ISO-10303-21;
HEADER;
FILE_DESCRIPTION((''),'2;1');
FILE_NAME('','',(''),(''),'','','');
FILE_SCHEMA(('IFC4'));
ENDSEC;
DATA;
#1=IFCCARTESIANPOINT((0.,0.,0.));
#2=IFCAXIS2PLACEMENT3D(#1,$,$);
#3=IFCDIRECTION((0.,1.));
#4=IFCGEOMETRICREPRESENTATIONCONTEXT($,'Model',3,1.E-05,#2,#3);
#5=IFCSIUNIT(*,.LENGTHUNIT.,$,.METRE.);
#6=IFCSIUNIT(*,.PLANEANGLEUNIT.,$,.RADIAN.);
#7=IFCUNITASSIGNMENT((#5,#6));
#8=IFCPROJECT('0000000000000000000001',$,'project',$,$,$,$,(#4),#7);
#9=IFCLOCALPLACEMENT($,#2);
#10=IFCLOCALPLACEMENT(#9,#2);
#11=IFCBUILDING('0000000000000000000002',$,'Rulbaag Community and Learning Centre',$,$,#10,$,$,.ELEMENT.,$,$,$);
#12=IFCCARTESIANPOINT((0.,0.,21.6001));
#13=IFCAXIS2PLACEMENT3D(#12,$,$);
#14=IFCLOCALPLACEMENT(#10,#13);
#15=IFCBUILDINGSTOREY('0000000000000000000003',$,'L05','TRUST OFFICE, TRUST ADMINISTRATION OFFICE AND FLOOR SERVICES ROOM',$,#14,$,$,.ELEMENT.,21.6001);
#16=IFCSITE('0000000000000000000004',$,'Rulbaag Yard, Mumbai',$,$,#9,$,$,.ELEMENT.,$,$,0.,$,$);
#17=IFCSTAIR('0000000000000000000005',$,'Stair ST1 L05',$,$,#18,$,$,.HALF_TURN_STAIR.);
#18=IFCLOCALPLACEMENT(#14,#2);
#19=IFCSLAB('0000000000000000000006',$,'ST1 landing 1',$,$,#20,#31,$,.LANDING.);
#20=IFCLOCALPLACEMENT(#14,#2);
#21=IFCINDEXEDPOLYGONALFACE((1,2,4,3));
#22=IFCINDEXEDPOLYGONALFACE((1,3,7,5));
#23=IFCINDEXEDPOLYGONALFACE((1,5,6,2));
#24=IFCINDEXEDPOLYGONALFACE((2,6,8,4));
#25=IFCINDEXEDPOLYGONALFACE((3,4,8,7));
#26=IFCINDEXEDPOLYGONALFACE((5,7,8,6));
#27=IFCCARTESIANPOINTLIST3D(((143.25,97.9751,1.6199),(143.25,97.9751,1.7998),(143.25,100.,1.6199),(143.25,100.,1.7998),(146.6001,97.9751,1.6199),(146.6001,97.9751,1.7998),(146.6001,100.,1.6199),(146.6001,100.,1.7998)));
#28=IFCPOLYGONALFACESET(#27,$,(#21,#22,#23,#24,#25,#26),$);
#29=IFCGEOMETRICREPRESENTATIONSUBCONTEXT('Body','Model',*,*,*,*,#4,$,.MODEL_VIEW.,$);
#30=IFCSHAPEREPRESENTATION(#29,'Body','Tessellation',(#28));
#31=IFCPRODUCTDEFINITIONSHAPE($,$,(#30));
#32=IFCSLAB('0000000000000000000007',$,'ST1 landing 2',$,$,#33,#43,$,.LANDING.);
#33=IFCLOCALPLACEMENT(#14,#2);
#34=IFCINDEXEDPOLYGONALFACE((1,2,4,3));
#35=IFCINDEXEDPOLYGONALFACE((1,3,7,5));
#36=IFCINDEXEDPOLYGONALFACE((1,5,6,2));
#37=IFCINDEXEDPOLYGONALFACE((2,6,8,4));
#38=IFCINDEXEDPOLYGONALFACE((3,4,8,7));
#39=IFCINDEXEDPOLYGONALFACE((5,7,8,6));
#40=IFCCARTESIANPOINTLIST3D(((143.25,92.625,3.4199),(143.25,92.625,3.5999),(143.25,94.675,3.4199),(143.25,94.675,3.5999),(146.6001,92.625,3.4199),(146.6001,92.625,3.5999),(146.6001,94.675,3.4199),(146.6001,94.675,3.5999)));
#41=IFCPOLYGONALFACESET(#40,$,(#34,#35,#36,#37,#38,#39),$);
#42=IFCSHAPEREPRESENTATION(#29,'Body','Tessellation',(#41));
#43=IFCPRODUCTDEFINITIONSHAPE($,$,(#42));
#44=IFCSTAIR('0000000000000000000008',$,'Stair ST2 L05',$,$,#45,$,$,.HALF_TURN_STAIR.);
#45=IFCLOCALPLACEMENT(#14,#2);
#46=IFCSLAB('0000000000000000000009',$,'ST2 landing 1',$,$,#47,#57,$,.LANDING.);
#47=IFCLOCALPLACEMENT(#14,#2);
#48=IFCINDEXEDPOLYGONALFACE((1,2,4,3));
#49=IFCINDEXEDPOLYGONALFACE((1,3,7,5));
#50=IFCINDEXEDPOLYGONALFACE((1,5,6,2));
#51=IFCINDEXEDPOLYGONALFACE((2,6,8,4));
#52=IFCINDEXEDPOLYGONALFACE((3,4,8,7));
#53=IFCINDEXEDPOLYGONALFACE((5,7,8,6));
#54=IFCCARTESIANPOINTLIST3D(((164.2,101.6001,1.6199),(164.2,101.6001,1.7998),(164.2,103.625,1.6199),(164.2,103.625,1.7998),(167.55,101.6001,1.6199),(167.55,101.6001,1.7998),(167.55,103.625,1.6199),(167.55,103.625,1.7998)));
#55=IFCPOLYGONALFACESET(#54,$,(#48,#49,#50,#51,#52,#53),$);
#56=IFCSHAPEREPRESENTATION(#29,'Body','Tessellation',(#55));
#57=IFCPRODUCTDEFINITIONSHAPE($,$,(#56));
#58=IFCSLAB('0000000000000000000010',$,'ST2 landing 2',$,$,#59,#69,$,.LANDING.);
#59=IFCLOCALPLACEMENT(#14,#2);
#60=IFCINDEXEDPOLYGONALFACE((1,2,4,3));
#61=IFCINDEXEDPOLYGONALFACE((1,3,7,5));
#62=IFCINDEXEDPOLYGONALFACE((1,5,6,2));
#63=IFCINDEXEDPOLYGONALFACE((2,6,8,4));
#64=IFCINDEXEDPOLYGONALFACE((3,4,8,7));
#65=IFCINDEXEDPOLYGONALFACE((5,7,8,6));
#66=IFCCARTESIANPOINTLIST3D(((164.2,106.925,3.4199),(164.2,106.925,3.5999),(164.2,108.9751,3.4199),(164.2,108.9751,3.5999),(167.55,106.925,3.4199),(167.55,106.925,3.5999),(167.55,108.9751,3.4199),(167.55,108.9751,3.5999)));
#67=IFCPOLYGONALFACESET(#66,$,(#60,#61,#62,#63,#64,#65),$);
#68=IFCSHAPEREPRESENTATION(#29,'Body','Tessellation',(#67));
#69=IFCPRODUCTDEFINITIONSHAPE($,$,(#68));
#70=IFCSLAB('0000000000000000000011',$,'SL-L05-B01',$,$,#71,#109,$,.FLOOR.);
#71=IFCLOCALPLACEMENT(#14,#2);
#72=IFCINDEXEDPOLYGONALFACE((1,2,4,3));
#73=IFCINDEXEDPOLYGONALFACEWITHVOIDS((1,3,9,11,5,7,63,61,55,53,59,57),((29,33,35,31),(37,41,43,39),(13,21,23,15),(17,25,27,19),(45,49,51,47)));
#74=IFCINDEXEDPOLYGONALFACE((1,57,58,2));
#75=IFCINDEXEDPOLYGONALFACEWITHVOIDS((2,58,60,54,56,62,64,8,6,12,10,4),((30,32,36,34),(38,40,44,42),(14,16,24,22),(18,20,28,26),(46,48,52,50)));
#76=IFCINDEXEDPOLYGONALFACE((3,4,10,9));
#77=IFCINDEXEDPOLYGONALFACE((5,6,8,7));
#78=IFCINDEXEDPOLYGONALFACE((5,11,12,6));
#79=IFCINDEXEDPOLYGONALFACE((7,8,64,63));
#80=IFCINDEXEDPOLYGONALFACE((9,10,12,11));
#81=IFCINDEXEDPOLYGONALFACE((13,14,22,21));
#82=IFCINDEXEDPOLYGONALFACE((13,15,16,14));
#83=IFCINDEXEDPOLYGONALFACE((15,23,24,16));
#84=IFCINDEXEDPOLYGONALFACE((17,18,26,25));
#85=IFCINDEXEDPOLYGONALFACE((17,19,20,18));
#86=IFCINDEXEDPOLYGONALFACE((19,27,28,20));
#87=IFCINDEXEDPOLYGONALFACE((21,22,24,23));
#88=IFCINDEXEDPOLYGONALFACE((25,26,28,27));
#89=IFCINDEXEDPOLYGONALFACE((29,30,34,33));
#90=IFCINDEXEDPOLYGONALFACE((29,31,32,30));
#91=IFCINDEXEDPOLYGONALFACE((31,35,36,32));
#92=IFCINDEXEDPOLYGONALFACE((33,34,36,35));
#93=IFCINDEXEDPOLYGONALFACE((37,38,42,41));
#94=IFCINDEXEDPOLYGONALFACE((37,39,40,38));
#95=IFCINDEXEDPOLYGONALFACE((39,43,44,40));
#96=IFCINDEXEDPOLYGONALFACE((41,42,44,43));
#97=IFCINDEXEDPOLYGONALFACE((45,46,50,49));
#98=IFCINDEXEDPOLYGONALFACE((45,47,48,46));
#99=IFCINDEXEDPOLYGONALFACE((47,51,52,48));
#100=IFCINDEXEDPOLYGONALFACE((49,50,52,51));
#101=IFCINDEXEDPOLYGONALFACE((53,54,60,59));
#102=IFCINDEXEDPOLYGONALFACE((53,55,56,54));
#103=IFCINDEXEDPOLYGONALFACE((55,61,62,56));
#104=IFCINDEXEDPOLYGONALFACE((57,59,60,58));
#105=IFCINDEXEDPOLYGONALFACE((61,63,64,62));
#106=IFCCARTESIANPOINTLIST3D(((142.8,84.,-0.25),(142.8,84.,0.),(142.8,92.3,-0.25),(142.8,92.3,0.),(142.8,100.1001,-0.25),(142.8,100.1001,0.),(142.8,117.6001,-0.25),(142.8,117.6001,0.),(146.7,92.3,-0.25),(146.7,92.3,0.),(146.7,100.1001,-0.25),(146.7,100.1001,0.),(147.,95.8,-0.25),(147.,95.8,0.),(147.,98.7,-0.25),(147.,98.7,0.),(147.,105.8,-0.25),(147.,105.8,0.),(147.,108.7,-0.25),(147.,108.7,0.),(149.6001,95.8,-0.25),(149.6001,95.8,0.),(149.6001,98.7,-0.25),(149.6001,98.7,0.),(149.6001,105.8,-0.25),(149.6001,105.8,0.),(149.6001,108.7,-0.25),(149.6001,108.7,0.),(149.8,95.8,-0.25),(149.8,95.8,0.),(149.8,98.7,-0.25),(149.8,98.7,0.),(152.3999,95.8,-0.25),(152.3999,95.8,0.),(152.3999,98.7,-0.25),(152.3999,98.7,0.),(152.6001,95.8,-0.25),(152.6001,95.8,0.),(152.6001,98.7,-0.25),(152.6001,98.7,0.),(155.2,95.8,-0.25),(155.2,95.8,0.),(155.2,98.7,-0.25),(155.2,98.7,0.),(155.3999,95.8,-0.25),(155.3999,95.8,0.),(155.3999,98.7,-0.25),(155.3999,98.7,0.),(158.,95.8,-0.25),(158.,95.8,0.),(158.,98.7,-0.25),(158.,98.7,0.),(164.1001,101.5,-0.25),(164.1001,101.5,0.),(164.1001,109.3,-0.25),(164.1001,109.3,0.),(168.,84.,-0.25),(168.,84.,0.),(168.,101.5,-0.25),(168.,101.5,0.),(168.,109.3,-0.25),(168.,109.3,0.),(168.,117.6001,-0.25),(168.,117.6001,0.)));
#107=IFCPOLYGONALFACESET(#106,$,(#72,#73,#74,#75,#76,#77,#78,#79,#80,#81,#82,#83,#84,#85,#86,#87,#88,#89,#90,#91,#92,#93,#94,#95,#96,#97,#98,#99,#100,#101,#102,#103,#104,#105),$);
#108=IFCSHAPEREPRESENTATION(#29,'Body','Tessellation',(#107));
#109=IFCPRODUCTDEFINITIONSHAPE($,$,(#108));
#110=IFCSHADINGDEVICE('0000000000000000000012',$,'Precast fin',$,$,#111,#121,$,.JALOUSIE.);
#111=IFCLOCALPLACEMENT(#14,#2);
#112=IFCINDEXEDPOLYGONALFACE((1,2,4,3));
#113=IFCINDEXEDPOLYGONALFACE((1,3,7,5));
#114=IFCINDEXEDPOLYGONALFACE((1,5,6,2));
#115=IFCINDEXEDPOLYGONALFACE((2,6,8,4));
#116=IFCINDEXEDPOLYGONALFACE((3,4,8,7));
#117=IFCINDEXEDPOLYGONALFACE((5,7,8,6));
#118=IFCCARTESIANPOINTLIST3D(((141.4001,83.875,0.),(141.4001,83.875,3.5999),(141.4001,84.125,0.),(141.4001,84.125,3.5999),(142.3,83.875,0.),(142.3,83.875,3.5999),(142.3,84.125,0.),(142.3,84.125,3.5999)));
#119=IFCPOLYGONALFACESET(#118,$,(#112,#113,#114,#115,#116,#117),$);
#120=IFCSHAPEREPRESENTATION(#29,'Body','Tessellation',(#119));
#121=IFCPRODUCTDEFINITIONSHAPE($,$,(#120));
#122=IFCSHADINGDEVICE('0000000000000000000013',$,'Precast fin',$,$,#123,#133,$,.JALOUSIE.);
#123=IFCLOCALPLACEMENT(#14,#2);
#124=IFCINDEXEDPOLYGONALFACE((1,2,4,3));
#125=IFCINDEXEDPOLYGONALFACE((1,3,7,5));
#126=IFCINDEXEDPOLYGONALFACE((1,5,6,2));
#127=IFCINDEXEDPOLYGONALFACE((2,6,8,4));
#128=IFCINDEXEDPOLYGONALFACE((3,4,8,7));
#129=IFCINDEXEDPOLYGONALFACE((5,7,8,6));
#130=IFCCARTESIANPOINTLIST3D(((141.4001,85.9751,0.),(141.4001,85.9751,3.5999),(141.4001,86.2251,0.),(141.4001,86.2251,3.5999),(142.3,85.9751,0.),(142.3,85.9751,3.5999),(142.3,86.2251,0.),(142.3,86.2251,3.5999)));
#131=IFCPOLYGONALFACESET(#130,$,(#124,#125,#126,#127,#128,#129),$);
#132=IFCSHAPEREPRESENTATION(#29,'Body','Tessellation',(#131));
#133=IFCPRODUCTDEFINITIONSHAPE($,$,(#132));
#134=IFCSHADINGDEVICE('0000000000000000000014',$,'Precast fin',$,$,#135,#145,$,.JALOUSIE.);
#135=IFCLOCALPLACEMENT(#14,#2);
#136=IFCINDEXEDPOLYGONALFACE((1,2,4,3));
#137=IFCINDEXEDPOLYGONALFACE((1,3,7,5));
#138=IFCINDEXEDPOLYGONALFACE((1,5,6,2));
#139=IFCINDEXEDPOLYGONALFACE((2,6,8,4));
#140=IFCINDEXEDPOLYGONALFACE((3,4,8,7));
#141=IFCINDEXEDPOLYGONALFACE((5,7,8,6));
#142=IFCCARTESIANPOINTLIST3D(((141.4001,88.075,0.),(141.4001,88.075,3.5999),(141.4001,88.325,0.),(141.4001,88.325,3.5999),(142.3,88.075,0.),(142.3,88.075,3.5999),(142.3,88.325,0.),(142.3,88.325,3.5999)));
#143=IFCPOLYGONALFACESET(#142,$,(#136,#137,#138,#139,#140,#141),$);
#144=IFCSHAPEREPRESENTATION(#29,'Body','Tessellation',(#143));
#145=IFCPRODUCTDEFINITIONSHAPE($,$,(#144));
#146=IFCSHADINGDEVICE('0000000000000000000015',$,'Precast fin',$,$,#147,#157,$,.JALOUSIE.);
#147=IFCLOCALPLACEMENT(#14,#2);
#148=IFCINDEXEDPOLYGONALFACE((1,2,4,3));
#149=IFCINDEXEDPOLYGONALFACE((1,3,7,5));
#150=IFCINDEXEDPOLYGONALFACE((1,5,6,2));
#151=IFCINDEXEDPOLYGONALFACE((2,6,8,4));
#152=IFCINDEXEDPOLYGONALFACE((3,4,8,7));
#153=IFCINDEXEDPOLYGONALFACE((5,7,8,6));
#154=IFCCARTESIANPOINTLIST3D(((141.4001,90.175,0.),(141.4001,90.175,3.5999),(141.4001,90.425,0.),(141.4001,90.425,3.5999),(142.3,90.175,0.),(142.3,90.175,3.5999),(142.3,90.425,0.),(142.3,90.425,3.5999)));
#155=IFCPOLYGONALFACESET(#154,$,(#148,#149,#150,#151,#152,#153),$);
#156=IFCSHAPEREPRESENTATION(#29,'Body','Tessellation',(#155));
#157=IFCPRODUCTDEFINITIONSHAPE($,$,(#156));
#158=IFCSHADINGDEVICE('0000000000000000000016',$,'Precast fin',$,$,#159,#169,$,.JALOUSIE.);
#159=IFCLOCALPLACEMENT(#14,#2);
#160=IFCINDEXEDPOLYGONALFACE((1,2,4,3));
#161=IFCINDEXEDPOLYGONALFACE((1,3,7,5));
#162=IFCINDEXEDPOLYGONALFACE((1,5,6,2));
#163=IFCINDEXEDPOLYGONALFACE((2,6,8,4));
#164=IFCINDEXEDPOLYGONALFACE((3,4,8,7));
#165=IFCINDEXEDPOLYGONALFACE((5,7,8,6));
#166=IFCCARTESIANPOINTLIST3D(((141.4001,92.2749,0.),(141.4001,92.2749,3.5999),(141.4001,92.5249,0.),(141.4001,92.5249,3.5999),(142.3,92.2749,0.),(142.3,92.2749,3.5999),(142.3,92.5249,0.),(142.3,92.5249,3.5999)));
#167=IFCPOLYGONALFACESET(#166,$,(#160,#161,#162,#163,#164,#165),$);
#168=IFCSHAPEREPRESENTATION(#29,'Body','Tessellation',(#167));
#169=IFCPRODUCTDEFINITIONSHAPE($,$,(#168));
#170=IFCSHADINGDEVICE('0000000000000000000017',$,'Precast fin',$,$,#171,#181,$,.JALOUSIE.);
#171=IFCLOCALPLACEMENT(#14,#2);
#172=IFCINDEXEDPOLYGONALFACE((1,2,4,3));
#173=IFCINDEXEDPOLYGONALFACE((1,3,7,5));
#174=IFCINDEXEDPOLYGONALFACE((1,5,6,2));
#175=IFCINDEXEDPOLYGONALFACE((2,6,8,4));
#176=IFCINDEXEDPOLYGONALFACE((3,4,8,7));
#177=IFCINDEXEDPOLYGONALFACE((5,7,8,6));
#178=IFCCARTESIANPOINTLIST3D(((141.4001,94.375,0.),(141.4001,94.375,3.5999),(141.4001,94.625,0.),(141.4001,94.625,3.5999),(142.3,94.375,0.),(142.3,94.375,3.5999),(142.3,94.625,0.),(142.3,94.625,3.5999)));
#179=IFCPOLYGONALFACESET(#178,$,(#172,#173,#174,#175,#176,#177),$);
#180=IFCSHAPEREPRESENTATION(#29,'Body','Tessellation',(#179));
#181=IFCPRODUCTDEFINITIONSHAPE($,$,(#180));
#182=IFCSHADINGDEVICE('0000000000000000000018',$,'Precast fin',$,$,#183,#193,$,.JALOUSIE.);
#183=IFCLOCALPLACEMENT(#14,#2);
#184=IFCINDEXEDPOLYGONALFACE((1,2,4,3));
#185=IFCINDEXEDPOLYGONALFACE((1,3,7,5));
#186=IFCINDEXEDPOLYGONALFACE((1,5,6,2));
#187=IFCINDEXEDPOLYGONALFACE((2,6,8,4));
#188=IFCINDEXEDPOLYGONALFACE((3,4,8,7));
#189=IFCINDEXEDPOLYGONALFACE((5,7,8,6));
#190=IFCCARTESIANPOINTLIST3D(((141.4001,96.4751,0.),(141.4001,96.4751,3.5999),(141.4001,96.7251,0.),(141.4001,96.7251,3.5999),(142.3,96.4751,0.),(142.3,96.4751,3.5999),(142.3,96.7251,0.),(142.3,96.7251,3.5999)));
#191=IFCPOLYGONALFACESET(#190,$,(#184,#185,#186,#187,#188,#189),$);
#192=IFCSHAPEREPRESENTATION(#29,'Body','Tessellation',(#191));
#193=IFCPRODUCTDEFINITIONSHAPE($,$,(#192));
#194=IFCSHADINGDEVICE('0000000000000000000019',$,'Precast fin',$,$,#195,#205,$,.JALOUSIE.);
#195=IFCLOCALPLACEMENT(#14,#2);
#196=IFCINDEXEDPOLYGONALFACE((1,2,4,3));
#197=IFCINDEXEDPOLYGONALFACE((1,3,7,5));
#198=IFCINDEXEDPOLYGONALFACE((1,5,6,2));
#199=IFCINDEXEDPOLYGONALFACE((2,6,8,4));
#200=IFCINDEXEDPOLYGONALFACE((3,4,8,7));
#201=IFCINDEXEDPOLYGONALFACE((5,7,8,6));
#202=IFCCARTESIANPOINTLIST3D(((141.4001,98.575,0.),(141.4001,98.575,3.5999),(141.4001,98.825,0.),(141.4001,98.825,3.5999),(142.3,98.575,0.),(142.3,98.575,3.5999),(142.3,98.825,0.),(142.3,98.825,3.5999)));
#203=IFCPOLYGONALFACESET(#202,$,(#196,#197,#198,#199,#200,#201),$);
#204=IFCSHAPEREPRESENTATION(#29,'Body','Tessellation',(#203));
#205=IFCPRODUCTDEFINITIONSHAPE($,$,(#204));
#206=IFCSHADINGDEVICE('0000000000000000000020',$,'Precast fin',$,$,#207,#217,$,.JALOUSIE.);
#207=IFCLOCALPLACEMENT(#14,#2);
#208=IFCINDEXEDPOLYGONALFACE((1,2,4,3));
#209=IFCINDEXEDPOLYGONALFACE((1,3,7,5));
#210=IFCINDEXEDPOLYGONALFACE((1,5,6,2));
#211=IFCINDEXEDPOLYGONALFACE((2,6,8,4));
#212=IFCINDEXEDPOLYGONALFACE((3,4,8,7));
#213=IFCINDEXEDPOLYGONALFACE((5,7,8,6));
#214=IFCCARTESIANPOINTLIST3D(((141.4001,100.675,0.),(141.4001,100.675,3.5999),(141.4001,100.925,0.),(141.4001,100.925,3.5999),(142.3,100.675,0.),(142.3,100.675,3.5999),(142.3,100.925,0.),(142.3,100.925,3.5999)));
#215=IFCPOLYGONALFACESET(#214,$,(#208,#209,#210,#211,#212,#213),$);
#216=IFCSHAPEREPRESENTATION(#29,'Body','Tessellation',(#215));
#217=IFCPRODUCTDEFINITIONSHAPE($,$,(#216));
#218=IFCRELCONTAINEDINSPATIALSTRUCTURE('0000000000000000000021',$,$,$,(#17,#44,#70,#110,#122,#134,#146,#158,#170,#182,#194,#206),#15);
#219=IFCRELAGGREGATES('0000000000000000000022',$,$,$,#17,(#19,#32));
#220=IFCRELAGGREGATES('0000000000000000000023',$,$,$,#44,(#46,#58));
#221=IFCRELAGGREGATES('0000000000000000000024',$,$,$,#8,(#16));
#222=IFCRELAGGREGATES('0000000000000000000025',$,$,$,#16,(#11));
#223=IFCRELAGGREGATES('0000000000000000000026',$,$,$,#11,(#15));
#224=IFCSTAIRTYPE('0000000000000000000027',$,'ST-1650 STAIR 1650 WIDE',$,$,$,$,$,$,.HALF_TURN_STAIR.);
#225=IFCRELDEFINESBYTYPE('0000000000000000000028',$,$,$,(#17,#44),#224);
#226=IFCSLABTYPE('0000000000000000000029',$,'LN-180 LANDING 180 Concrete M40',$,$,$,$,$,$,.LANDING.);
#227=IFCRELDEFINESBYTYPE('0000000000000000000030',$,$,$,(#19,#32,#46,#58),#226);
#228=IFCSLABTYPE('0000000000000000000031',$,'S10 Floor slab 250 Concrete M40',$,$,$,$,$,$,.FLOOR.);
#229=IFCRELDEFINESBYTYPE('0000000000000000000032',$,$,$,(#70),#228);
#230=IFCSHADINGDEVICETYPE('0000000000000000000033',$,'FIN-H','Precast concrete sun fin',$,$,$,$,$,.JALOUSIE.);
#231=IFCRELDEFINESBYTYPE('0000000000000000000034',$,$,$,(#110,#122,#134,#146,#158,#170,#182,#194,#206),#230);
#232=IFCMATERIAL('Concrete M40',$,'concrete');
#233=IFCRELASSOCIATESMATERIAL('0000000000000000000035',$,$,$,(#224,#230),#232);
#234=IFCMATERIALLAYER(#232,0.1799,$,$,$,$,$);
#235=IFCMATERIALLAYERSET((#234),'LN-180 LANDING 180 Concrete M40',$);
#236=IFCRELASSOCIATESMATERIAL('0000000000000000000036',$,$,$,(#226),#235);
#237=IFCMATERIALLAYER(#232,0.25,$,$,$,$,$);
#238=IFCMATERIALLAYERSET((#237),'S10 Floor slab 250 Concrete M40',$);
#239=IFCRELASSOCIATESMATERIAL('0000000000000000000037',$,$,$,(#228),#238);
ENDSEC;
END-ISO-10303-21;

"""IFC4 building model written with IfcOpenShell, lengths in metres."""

from ifc_helpers import new_model, si_unit, direction, frame, origin, origin_2d, place, context, subcontext, project, spatial, polyline, rectangle, outline, extrude, material, layer, layer_set, material_profile, profile_set, type_object, element, aggregate, save


model = new_model("IFC4")

# Units and contexts
model_context = context("Model", 3, precision=1e-05, world=origin(), true_north=direction((0.0, 1.0)))
body_context = subcontext(model_context, "Body", "Model", "MODEL_VIEW")
ifc_project = project(units=[si_unit("LENGTHUNIT", "METRE"), si_unit("PLANEANGLEUNIT", "RADIAN")], contexts=[model_context])

# Site, building, storey
site_placement = place(None, origin())
site = spatial("IfcSite", under=ifc_project, at=site_placement, Name="Rulbaag Yard, Mumbai", CompositionType="ELEMENT", RefElevation=0.0)
building_placement = place(site_placement, origin())
building = spatial("IfcBuilding", under=site, at=building_placement, Name="Rulbaag Community and Learning Centre", CompositionType="ELEMENT")
storey_placement = place(building_placement, frame((0.0, 0.0, 21.6001)))
storey = spatial("IfcBuildingStorey", under=building, at=storey_placement, Name="L05", Description="TRUST OFFICE, TRUST ADMINISTRATION OFFICE AND FLOOR SERVICES ROOM", CompositionType="ELEMENT", Elevation=21.6001)

# Stairs, slabs
ifc_material_1 = material(Name="Concrete M40", Category="concrete")
stair_type = type_object("IfcStairType", Name="ST-1650 STAIR 1650 WIDE", PredefinedType="HALF_TURN_STAIR", material=ifc_material_1)
stair_1_placement = place(storey_placement, origin())
stair_1 = element("IfcStair", 1, at=stair_1_placement, inside=storey, type_object=stair_type, Name="Stair ST1 L05", PredefinedType="HALF_TURN_STAIR")
ifc_layer_1 = layer(ifc_material_1, 0.1799)
ifc_layer_set_1 = layer_set([ifc_layer_1], Name="LN-180 LANDING 180 Concrete M40")
slab_type_1 = type_object("IfcSlabType", Name="LN-180 LANDING 180 Concrete M40", PredefinedType="LANDING", material=ifc_layer_set_1)
slab_1_placement = place(storey_placement, frame((0.0, 0.0, 1.6199)))
slab_1 = element("IfcSlab", 2, at=slab_1_placement, type_object=slab_type_1, Name="ST1 landing 1", PredefinedType="LANDING", context=body_context, shape_type="SweptSolid", body=[
    extrude(outline(polyline([(143.25, 97.9751), (143.25, 100.0), (146.6001, 100.0), (146.6001, 97.9751), (143.25, 97.9751)])), origin(), (0.0, 0.0, 1.0), 0.1799),
])
slab_2_placement = place(storey_placement, frame((0.0, 0.0, 3.4199)))
slab_2 = element("IfcSlab", 3, at=slab_2_placement, type_object=slab_type_1, Name="ST1 landing 2", PredefinedType="LANDING", context=body_context, shape_type="SweptSolid", body=[
    extrude(outline(polyline([(143.25, 92.625), (143.25, 94.675), (146.6001, 94.675), (146.6001, 92.625), (143.25, 92.625)])), origin(), (0.0, 0.0, 1.0), 0.1799),
])
aggregate(stair_1, [slab_1, slab_2])
stair_2_placement = place(storey_placement, origin())
stair_2 = element("IfcStair", 4, at=stair_2_placement, inside=storey, type_object=stair_type, Name="Stair ST2 L05", PredefinedType="HALF_TURN_STAIR")
slab_3_placement = place(storey_placement, frame((0.0, 0.0, 1.6199)))
slab_3 = element("IfcSlab", 5, at=slab_3_placement, type_object=slab_type_1, Name="ST2 landing 1", PredefinedType="LANDING", context=body_context, shape_type="SweptSolid", body=[
    extrude(outline(polyline([(164.2, 101.6001), (164.2, 103.625), (167.55, 103.625), (167.55, 101.6001), (164.2, 101.6001)])), origin(), (0.0, 0.0, 1.0), 0.1799),
])
slab_4_placement = place(storey_placement, frame((0.0, 0.0, 3.4199)))
slab_4 = element("IfcSlab", 6, at=slab_4_placement, type_object=slab_type_1, Name="ST2 landing 2", PredefinedType="LANDING", context=body_context, shape_type="SweptSolid", body=[
    extrude(outline(polyline([(164.2, 106.925), (164.2, 108.9751), (167.55, 108.9751), (167.55, 106.925), (164.2, 106.925)])), origin(), (0.0, 0.0, 1.0), 0.1799),
])
aggregate(stair_2, [slab_3, slab_4])

# Slab
ifc_layer_2 = layer(ifc_material_1, 0.25)
ifc_layer_set_2 = layer_set([ifc_layer_2], Name="S10 Floor slab 250 Concrete M40")
slab_type_2 = type_object("IfcSlabType", Name="S10 Floor slab 250 Concrete M40", PredefinedType="FLOOR", material=ifc_layer_set_2)
slab_5_placement = place(storey_placement, frame((0.0, 0.0, -0.25)))
element("IfcSlab", 7, at=slab_5_placement, inside=storey, type_object=slab_type_2, Name="SL-L05-B01", PredefinedType="FLOOR", context=body_context, shape_type="SweptSolid", body=[
    extrude(outline(polyline([(168.0, 84.0), (142.8, 84.0), (142.8, 92.3), (146.7, 92.3), (146.7, 100.1001), (142.8, 100.1001), (142.8, 117.6001), (168.0, 117.6001), (168.0, 109.3), (164.1001, 109.3), (164.1001, 101.5), (168.0, 101.5), (168.0, 84.0)]), holes=[polyline([(147.0, 98.7), (147.0, 95.8), (149.6001, 95.8), (149.6001, 98.7), (147.0, 98.7)]), polyline([(149.8, 98.7), (149.8, 95.8), (152.3999, 95.8), (152.3999, 98.7), (149.8, 98.7)]), polyline([(152.6001, 98.7), (152.6001, 95.8), (155.2, 95.8), (155.2, 98.7), (152.6001, 98.7)]), polyline([(155.3999, 98.7), (155.3999, 95.8), (158.0, 95.8), (158.0, 98.7), (155.3999, 98.7)]), polyline([(147.0, 108.7), (147.0, 105.8), (149.6001, 105.8), (149.6001, 108.7), (147.0, 108.7)])]), origin(), (0.0, 0.0, 1.0), 0.25),
])

# Shading devices
ifc_material_profile = material_profile(ifc_material_1, rectangle(XDim=0.25, YDim=0.8999, at=origin_2d()), Name="PC 250x900")
ifc_profile_set = profile_set([ifc_material_profile], Name="Concrete M40")
shading_device_type = type_object("IfcShadingDeviceType", Name="FIN-H", Description="Precast concrete sun fin", PredefinedType="JALOUSIE", material=ifc_profile_set)
for number, where, z_axis, x_axis, name in (
    (8, (141.8501, 84.0, 0.0), (0.0, 0.0, 1.0), (0.0, 1.0, 0.0), "Precast fin"),
    (9, (141.8501, 86.1001, 0.0), (0.0, 0.0, 1.0), (0.0, 1.0, 0.0), "Precast fin"),
    (10, (141.8501, 88.2, 0.0), (0.0, 0.0, 1.0), (0.0, 1.0, 0.0), "Precast fin"),
    (11, (141.8501, 90.3, 0.0), (0.0, 0.0, 1.0), (0.0, 1.0, 0.0), "Precast fin"),
    (12, (141.8501, 92.3999, 0.0), (0.0, 0.0, 1.0), (0.0, 1.0, 0.0), "Precast fin"),
    (13, (141.8501, 94.5, 0.0), (0.0, 0.0, 1.0), (0.0, 1.0, 0.0), "Precast fin"),
    (14, (141.8501, 96.6001, 0.0), (0.0, 0.0, 1.0), (0.0, 1.0, 0.0), "Precast fin"),
    (15, (141.8501, 98.7, 0.0), (0.0, 0.0, 1.0), (0.0, 1.0, 0.0), "Precast fin"),
    (16, (141.8501, 100.8, 0.0), (0.0, 0.0, 1.0), (0.0, 1.0, 0.0), "Precast fin"),
):
    element("IfcShadingDevice", number, at=place(storey_placement, frame(where, z_axis=z_axis, x_axis=x_axis)), inside=storey, type_object=shading_device_type, Name=name, PredefinedType="JALOUSIE", context=body_context, shape_type="SweptSolid", body=[
        extrude(rectangle(XDim=0.25, YDim=0.8999, at=origin_2d()), origin(), (0.0, 0.0, 1.0), 3.5999),
    ])

save(model, "model.ifc")
